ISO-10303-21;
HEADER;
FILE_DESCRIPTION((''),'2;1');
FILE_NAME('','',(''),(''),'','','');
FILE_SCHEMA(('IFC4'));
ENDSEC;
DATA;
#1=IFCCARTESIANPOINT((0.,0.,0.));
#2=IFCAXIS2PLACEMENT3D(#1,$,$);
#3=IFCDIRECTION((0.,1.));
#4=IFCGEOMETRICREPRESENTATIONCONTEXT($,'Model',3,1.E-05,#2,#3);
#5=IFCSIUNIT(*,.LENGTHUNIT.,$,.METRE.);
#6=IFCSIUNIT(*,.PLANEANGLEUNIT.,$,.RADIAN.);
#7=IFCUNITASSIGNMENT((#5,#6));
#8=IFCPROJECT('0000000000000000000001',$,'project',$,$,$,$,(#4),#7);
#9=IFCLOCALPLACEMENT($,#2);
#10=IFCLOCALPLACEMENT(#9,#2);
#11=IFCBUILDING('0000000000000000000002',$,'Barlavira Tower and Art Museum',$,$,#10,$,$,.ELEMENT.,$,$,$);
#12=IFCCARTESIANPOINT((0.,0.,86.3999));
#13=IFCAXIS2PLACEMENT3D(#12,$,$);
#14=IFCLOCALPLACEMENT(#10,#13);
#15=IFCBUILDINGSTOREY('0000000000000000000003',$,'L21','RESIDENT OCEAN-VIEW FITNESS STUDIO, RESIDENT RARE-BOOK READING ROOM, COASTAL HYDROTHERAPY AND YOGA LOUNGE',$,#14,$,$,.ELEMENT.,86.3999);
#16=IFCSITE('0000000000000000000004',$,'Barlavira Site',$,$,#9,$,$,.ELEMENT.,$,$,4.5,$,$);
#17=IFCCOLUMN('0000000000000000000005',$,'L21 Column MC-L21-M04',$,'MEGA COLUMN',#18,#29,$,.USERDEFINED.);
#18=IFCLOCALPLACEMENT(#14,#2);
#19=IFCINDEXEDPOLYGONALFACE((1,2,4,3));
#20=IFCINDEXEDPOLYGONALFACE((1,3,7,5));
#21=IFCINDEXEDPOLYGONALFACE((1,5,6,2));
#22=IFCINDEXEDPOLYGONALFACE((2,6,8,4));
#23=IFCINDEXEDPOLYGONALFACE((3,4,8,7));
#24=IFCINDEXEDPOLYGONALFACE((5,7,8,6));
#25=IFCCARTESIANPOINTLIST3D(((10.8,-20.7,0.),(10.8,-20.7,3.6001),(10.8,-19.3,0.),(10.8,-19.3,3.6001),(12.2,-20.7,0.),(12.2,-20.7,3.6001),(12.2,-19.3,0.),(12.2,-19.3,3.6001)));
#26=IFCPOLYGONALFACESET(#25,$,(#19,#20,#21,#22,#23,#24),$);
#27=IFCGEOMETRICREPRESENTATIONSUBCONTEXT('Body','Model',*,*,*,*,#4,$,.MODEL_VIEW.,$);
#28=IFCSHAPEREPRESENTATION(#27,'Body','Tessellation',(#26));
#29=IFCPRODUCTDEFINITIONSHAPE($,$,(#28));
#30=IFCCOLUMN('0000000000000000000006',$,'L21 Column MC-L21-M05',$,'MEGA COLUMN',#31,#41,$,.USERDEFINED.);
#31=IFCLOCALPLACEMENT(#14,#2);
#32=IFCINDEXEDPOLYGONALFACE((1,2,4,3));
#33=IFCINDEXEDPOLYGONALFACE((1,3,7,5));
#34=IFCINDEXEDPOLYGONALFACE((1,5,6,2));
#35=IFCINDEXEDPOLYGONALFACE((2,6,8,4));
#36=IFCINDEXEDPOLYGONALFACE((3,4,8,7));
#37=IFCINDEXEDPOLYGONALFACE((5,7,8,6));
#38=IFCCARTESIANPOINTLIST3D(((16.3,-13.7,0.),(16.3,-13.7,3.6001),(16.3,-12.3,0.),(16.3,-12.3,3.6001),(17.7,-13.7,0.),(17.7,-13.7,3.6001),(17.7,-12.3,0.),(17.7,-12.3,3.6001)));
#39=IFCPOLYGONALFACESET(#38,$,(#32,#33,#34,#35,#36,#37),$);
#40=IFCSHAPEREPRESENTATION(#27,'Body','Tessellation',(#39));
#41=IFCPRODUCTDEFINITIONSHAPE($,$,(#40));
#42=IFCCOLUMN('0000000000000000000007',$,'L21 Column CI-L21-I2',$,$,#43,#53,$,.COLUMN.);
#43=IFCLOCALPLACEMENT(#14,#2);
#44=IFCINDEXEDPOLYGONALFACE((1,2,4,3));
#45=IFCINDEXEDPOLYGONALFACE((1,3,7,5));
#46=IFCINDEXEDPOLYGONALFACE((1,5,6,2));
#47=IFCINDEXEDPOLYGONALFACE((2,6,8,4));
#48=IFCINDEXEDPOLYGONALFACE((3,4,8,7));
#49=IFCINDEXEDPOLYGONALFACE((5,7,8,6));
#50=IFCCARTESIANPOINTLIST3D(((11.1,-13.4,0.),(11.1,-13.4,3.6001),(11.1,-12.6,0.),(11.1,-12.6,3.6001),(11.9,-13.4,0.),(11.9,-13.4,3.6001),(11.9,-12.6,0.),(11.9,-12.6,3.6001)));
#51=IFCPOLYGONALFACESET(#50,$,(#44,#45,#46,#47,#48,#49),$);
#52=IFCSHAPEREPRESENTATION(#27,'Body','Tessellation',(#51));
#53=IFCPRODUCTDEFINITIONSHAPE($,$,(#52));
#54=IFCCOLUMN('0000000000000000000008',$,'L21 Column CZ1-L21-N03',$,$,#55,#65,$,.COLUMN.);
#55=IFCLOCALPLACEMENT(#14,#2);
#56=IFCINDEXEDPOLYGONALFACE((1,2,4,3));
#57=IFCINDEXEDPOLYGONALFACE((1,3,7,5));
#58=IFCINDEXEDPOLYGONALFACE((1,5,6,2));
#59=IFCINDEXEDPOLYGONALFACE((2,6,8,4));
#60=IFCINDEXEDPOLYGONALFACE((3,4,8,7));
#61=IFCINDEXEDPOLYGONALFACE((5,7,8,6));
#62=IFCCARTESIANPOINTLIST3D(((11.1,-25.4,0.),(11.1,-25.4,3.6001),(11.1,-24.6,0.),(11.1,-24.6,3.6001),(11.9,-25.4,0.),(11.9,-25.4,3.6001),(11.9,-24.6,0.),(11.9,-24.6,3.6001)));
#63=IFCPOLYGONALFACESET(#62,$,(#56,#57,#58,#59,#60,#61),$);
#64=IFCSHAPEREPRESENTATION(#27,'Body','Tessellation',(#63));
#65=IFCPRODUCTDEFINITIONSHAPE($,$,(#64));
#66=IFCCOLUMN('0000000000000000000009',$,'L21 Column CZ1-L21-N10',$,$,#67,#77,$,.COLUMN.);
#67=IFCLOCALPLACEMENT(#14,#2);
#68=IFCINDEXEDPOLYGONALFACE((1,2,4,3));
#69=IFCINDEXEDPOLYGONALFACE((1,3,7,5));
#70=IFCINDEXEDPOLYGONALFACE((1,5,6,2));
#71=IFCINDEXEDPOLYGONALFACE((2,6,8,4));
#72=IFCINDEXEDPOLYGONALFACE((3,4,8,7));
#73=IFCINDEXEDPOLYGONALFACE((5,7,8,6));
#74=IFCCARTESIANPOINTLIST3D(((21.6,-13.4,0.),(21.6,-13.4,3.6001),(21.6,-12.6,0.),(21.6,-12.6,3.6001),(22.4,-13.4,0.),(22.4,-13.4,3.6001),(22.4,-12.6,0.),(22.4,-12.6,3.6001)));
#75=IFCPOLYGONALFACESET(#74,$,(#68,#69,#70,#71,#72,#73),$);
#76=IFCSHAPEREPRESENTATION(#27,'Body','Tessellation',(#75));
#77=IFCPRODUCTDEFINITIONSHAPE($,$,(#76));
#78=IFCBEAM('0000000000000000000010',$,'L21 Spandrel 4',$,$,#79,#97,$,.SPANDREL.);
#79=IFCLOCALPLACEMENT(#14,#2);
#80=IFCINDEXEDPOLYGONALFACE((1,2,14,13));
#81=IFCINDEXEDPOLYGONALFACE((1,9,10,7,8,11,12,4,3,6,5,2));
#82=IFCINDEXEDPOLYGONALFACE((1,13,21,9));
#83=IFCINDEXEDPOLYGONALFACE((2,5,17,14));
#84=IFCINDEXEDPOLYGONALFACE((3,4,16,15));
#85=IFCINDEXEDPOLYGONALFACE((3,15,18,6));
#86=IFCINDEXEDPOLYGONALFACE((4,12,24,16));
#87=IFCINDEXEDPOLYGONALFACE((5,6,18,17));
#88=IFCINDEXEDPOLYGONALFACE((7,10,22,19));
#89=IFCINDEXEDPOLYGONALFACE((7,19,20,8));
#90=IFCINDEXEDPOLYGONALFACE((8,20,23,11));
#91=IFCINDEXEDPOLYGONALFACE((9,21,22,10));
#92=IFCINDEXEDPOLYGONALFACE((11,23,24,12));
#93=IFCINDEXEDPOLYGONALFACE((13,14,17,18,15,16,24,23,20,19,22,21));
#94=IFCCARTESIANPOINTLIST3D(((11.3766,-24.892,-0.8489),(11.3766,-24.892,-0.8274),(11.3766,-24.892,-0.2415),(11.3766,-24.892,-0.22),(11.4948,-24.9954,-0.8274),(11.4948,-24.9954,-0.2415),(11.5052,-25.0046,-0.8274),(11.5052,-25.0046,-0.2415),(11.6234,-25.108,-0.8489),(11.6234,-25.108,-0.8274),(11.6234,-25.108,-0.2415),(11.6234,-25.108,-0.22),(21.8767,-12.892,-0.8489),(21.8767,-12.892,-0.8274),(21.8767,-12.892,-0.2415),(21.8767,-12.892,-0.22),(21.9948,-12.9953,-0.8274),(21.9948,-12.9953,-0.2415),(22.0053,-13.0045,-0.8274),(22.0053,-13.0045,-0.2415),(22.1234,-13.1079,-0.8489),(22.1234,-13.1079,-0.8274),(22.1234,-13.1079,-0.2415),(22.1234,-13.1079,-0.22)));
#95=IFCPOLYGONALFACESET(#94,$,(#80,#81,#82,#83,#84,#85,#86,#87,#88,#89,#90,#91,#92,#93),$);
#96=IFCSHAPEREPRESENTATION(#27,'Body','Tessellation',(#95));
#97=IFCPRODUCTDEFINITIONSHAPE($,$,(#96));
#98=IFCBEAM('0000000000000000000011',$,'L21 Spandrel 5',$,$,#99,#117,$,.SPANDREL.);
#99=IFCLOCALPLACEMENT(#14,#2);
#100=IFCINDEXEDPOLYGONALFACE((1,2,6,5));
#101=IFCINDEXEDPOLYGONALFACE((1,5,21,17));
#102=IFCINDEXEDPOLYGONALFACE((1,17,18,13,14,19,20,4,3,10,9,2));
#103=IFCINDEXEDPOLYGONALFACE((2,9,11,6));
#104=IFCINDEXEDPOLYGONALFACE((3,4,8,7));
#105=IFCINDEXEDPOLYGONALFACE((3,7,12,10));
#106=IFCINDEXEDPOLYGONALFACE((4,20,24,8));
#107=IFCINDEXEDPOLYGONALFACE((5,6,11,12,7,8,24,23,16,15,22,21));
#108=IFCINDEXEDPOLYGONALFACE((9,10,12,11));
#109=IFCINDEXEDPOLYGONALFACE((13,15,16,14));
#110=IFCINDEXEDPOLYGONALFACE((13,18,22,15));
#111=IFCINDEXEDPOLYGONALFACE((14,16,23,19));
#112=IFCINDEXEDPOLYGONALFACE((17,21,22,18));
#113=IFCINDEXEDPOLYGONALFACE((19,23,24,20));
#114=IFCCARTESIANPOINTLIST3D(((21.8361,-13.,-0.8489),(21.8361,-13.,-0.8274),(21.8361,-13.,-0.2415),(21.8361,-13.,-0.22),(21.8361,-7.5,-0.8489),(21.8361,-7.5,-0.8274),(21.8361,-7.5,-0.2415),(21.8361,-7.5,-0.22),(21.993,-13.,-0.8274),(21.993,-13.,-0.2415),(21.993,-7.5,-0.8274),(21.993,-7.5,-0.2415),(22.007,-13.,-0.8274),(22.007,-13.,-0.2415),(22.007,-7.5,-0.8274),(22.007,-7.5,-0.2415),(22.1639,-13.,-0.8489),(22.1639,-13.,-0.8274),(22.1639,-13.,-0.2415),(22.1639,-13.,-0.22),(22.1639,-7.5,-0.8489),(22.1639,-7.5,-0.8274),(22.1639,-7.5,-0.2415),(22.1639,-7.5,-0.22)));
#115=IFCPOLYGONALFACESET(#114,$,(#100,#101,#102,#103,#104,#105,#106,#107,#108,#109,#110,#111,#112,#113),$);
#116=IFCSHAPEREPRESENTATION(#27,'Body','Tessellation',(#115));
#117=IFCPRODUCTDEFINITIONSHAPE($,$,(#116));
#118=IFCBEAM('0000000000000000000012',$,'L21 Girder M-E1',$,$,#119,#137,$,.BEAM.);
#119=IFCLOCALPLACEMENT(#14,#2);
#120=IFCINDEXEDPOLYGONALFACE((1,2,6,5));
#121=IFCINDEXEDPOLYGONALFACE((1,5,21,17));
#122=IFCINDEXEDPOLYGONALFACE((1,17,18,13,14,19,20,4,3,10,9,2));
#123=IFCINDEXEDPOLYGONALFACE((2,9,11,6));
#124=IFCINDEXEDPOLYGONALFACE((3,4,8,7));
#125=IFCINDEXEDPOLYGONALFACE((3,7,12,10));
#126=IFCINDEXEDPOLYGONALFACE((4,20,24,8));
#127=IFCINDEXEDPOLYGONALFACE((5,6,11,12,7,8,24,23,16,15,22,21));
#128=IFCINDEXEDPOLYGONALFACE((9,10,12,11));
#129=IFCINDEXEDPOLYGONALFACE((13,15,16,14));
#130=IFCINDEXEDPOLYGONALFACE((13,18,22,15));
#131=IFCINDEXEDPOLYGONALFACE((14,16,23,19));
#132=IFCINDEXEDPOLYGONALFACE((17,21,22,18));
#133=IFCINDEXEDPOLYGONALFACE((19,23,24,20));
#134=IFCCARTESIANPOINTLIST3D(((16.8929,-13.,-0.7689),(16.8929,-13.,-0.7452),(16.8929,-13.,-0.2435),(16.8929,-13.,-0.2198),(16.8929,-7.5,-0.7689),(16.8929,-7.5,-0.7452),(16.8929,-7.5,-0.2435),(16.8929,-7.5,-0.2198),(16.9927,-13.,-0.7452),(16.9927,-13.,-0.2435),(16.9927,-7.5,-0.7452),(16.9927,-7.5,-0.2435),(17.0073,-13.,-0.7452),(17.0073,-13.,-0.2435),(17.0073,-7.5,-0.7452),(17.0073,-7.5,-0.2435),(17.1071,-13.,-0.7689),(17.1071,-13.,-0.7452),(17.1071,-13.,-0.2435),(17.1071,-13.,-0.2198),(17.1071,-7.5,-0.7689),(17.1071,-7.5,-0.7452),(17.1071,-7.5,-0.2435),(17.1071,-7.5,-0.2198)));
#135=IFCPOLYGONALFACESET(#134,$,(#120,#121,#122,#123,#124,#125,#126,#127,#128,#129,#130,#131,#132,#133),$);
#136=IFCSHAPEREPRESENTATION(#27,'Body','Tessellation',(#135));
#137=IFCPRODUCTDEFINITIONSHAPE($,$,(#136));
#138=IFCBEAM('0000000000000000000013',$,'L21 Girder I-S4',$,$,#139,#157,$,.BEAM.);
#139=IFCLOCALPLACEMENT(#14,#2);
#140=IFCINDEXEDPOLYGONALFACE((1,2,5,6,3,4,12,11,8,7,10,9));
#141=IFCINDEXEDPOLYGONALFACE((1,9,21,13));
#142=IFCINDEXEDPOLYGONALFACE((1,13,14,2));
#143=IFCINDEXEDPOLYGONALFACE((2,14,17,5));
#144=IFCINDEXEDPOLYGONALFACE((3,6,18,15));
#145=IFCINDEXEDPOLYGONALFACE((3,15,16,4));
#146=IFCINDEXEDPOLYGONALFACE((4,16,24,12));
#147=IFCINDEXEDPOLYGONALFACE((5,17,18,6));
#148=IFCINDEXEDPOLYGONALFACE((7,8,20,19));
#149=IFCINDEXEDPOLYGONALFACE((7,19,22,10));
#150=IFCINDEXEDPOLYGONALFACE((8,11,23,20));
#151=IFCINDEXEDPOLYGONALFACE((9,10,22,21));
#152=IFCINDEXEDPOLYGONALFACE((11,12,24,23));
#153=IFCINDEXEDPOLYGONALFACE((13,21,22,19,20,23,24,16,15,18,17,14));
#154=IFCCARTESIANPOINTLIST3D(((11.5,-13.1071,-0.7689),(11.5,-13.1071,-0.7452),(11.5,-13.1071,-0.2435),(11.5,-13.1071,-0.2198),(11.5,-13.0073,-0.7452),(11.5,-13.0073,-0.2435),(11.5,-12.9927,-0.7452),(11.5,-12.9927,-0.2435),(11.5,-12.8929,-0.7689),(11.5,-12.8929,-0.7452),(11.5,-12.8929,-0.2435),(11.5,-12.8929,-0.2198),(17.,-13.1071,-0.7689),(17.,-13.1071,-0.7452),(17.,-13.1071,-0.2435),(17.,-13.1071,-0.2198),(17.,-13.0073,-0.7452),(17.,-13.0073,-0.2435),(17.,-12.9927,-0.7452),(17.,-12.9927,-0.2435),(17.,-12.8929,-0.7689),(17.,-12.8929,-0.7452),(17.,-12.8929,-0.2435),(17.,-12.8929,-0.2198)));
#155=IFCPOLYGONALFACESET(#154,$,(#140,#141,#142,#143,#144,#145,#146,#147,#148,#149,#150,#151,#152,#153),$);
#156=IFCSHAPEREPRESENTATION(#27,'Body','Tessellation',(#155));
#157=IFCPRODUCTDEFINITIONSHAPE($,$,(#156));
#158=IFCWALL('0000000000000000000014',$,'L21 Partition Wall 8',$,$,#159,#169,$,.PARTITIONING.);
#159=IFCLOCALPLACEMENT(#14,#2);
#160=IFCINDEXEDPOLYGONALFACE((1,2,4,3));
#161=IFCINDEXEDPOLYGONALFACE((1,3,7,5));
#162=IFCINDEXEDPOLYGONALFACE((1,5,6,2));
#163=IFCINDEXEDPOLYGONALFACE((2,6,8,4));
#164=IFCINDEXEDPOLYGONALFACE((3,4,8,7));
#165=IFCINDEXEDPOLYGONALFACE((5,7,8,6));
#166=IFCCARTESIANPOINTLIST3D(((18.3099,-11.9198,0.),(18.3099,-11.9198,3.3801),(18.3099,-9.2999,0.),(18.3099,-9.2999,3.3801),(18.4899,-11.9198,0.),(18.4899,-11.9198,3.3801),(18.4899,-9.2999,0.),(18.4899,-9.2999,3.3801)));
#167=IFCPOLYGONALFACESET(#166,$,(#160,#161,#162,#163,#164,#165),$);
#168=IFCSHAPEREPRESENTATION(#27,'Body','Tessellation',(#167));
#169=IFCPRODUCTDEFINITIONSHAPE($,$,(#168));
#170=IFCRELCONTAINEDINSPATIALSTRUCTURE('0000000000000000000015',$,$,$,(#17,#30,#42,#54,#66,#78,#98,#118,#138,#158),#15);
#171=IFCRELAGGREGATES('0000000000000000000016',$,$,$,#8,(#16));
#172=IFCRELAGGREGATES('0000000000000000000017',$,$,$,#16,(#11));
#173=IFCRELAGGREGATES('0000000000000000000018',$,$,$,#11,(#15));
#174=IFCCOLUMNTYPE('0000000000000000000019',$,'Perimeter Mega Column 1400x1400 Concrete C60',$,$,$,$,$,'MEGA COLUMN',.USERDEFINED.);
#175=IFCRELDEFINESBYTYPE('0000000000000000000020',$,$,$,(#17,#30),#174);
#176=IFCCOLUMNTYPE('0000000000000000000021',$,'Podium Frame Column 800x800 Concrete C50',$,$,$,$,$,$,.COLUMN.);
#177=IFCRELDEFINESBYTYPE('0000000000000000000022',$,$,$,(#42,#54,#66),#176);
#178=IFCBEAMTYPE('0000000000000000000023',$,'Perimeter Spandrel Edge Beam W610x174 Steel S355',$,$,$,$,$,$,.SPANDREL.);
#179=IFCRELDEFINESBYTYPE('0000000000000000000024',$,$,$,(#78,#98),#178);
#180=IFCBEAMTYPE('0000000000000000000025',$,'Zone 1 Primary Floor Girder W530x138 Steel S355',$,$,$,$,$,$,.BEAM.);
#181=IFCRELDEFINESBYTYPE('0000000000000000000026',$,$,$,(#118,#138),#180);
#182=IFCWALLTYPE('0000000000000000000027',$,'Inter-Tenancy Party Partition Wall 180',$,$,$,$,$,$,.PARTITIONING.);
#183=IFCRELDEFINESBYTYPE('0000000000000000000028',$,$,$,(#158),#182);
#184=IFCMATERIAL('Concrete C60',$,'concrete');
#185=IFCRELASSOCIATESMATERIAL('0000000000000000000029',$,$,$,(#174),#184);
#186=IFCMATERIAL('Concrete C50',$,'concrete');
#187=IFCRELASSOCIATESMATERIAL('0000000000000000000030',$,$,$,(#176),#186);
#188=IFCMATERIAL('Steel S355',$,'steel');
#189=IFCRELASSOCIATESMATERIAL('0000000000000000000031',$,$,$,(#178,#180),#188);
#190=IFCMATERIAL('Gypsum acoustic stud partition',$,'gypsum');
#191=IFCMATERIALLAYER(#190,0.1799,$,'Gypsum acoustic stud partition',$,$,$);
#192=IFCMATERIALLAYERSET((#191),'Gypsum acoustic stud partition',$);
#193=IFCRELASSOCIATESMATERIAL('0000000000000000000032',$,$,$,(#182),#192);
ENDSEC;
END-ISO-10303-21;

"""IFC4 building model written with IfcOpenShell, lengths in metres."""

from ifc_helpers import new_model, si_unit, direction, frame, frame_2d, origin, origin_2d, place, context, subcontext, project, spatial, rectangle, i_section, extrude, material, layer, layer_set, material_profile, profile_set, type_object, element, save


model = new_model("IFC4")

# Units and contexts
model_context = context("Model", 3, precision=1e-05, world=origin(), true_north=direction((0.0, 1.0)))
body_context = subcontext(model_context, "Body", "Model", "MODEL_VIEW")
ifc_project = project(units=[si_unit("LENGTHUNIT", "METRE"), si_unit("PLANEANGLEUNIT", "RADIAN")], contexts=[model_context])

# Site, building, storey
site_placement = place(None, origin())
site = spatial("IfcSite", under=ifc_project, at=site_placement, Name="Barlavira Site", CompositionType="ELEMENT", RefElevation=4.5)
building_placement = place(site_placement, origin())
building = spatial("IfcBuilding", under=site, at=building_placement, Name="Barlavira Tower and Art Museum", CompositionType="ELEMENT")
storey_placement = place(building_placement, frame((0.0, 0.0, 86.3999)))
storey = spatial("IfcBuildingStorey", under=building, at=storey_placement, Name="L21", Description="RESIDENT OCEAN-VIEW FITNESS STUDIO, RESIDENT RARE-BOOK READING ROOM, COASTAL HYDROTHERAPY AND YOGA LOUNGE", CompositionType="ELEMENT", Elevation=86.3999)

# Columns
ifc_material_1 = material(Name="Concrete C60", Category="concrete")
ifc_material_profile_1 = material_profile(ifc_material_1, rectangle(XDim=1.3999, YDim=1.3999, at=origin_2d()), Name="RC-MCOL 1400x1400")
ifc_profile_set_1 = profile_set([ifc_material_profile_1], Name="Concrete C60")
column_type_1 = type_object("IfcColumnType", Name="Perimeter Mega Column 1400x1400 Concrete C60", ElementType="MEGA COLUMN", PredefinedType="USERDEFINED", material=ifc_profile_set_1)
for number, where, z_axis, x_axis, name in (
    (1, (11.5, -20.0, 0.0), (0.0, 0.0, 1.0), (1.0, 0.0, 0.0), "L21 Column MC-L21-M04"),
    (2, (17.0, -13.0, 0.0), (0.0, 0.0, 1.0), (1.0, 0.0, 0.0), "L21 Column MC-L21-M05"),
):
    element("IfcColumn", number, at=place(storey_placement, frame(where, z_axis=z_axis, x_axis=x_axis)), inside=storey, type_object=column_type_1, Name=name, ObjectType="MEGA COLUMN", PredefinedType="USERDEFINED", context=body_context, shape_type="SweptSolid", body=[
        extrude(rectangle(XDim=1.3999, YDim=1.3999, at=origin_2d()), origin(), (0.0, 0.0, 1.0), 3.6001),
    ])
ifc_material_2 = material(Name="Concrete C50", Category="concrete")
ifc_material_profile_2 = material_profile(ifc_material_2, rectangle(XDim=0.8, YDim=0.8, at=origin_2d()), Name="RC-COL 800x800")
ifc_profile_set_2 = profile_set([ifc_material_profile_2], Name="Concrete C50")
column_type_2 = type_object("IfcColumnType", Name="Podium Frame Column 800x800 Concrete C50", PredefinedType="COLUMN", material=ifc_profile_set_2)
for number, where, z_axis, x_axis, name in (
    (3, (11.5, -13.0, 0.0), (0.0, 0.0, 1.0), (1.0, 0.0, 0.0), "L21 Column CI-L21-I2"),
    (4, (11.5, -25.0, 0.0), (0.0, 0.0, 1.0), (1.0, 0.0, 0.0), "L21 Column CZ1-L21-N03"),
    (5, (22.0, -13.0, 0.0), (0.0, 0.0, 1.0), (1.0, 0.0, 0.0), "L21 Column CZ1-L21-N10"),
):
    element("IfcColumn", number, at=place(storey_placement, frame(where, z_axis=z_axis, x_axis=x_axis)), inside=storey, type_object=column_type_2, Name=name, PredefinedType="COLUMN", context=body_context, shape_type="SweptSolid", body=[
        extrude(rectangle(XDim=0.8, YDim=0.8, at=origin_2d()), origin(), (0.0, 0.0, 1.0), 3.6001),
    ])

# Beams
ifc_material_3 = material(Name="Steel S355", Category="steel")
ifc_material_profile_3 = material_profile(ifc_material_3, i_section(OverallWidth=0.3279, OverallDepth=0.6289, WebThickness=0.0139, FlangeThickness=0.0215, at=origin_2d()), Name="W610x174.0")
ifc_profile_set_3 = profile_set([ifc_material_profile_3], Name="Steel S355")
beam_type_1 = type_object("IfcBeamType", Name="Perimeter Spandrel Edge Beam W610x174 Steel S355", PredefinedType="SPANDREL", material=ifc_profile_set_3)
beam_1_placement = place(storey_placement, frame((11.5, -25.0, -0.5344), z_axis=(0.658505, 0.752577, 0.0), x_axis=(-0.752577, 0.658505, 0.0)))
element("IfcBeam", 6, at=beam_1_placement, inside=storey, type_object=beam_type_1, Name="L21 Spandrel 4", PredefinedType="SPANDREL", context=body_context, shape_type="SweptSolid", body=[
    extrude(i_section(OverallWidth=0.3279, OverallDepth=0.6289, WebThickness=0.0139, FlangeThickness=0.0215, at=origin_2d()), origin(), (0.0, 0.0, 1.0), 15.9453),
])
beam_2_placement = place(storey_placement, frame((22.0, -13.0, -0.5344), z_axis=(0.0, 1.0, 0.0), x_axis=(-1.0, 0.0, 0.0)))
element("IfcBeam", 7, at=beam_2_placement, inside=storey, type_object=beam_type_1, Name="L21 Spandrel 5", PredefinedType="SPANDREL", context=body_context, shape_type="SweptSolid", body=[
    extrude(i_section(OverallWidth=0.3279, OverallDepth=0.6289, WebThickness=0.0139, FlangeThickness=0.0215, at=origin_2d()), origin(), (0.0, 0.0, 1.0), 5.5),
])
ifc_material_profile_4 = material_profile(ifc_material_3, i_section(OverallWidth=0.2141, OverallDepth=0.5491, WebThickness=0.0146, FlangeThickness=0.0237, at=origin_2d()), Name="W530x138.0")
ifc_profile_set_4 = profile_set([ifc_material_profile_4], Name="Steel S355")
beam_type_2 = type_object("IfcBeamType", Name="Zone 1 Primary Floor Girder W530x138 Steel S355", PredefinedType="BEAM", material=ifc_profile_set_4)
for number, where, z_axis, x_axis, name in (
    (8, (17.0, -13.0, -0.4944), (0.0, 1.0, 0.0), (-1.0, 0.0, 0.0), "L21 Girder M-E1"),
    (9, (11.5, -13.0, -0.4944), (1.0, 0.0, 0.0), (0.0, 1.0, 0.0), "L21 Girder I-S4"),
):
    element("IfcBeam", number, at=place(storey_placement, frame(where, z_axis=z_axis, x_axis=x_axis)), inside=storey, type_object=beam_type_2, Name=name, PredefinedType="BEAM", context=body_context, shape_type="SweptSolid", body=[
        extrude(i_section(OverallWidth=0.2141, OverallDepth=0.5491, WebThickness=0.0146, FlangeThickness=0.0237, at=origin_2d()), origin(), (0.0, 0.0, 1.0), 5.5),
    ])

# Wall
ifc_material_4 = material(Name="Gypsum acoustic stud partition", Category="gypsum")
ifc_layer_1 = layer(ifc_material_4, 0.1799, Name="Gypsum acoustic stud partition")
ifc_layer_set_1 = layer_set([ifc_layer_1], Name="Gypsum acoustic stud partition")
wall_type_1 = type_object("IfcWallType", Name="Inter-Tenancy Party Partition Wall 180", PredefinedType="PARTITIONING", material=ifc_layer_set_1)
wall_1_placement = place(storey_placement, frame((18.3999, -11.9199, 0.0), z_axis=(0.0, 0.0, 1.0), x_axis=(0.0, 1.0, 0.0)))
element("IfcWall", 10, at=wall_1_placement, inside=storey, type_object=wall_type_1, Name="L21 Partition Wall 8", PredefinedType="PARTITIONING", context=body_context, shape_type="SweptSolid", body=[
    extrude(rectangle(XDim=2.6199, YDim=0.1799, at=frame_2d((1.3101, 0.0))), origin(), (0.0, 0.0, 1.0), 3.3801),
])

save(model, "model.ifc")
